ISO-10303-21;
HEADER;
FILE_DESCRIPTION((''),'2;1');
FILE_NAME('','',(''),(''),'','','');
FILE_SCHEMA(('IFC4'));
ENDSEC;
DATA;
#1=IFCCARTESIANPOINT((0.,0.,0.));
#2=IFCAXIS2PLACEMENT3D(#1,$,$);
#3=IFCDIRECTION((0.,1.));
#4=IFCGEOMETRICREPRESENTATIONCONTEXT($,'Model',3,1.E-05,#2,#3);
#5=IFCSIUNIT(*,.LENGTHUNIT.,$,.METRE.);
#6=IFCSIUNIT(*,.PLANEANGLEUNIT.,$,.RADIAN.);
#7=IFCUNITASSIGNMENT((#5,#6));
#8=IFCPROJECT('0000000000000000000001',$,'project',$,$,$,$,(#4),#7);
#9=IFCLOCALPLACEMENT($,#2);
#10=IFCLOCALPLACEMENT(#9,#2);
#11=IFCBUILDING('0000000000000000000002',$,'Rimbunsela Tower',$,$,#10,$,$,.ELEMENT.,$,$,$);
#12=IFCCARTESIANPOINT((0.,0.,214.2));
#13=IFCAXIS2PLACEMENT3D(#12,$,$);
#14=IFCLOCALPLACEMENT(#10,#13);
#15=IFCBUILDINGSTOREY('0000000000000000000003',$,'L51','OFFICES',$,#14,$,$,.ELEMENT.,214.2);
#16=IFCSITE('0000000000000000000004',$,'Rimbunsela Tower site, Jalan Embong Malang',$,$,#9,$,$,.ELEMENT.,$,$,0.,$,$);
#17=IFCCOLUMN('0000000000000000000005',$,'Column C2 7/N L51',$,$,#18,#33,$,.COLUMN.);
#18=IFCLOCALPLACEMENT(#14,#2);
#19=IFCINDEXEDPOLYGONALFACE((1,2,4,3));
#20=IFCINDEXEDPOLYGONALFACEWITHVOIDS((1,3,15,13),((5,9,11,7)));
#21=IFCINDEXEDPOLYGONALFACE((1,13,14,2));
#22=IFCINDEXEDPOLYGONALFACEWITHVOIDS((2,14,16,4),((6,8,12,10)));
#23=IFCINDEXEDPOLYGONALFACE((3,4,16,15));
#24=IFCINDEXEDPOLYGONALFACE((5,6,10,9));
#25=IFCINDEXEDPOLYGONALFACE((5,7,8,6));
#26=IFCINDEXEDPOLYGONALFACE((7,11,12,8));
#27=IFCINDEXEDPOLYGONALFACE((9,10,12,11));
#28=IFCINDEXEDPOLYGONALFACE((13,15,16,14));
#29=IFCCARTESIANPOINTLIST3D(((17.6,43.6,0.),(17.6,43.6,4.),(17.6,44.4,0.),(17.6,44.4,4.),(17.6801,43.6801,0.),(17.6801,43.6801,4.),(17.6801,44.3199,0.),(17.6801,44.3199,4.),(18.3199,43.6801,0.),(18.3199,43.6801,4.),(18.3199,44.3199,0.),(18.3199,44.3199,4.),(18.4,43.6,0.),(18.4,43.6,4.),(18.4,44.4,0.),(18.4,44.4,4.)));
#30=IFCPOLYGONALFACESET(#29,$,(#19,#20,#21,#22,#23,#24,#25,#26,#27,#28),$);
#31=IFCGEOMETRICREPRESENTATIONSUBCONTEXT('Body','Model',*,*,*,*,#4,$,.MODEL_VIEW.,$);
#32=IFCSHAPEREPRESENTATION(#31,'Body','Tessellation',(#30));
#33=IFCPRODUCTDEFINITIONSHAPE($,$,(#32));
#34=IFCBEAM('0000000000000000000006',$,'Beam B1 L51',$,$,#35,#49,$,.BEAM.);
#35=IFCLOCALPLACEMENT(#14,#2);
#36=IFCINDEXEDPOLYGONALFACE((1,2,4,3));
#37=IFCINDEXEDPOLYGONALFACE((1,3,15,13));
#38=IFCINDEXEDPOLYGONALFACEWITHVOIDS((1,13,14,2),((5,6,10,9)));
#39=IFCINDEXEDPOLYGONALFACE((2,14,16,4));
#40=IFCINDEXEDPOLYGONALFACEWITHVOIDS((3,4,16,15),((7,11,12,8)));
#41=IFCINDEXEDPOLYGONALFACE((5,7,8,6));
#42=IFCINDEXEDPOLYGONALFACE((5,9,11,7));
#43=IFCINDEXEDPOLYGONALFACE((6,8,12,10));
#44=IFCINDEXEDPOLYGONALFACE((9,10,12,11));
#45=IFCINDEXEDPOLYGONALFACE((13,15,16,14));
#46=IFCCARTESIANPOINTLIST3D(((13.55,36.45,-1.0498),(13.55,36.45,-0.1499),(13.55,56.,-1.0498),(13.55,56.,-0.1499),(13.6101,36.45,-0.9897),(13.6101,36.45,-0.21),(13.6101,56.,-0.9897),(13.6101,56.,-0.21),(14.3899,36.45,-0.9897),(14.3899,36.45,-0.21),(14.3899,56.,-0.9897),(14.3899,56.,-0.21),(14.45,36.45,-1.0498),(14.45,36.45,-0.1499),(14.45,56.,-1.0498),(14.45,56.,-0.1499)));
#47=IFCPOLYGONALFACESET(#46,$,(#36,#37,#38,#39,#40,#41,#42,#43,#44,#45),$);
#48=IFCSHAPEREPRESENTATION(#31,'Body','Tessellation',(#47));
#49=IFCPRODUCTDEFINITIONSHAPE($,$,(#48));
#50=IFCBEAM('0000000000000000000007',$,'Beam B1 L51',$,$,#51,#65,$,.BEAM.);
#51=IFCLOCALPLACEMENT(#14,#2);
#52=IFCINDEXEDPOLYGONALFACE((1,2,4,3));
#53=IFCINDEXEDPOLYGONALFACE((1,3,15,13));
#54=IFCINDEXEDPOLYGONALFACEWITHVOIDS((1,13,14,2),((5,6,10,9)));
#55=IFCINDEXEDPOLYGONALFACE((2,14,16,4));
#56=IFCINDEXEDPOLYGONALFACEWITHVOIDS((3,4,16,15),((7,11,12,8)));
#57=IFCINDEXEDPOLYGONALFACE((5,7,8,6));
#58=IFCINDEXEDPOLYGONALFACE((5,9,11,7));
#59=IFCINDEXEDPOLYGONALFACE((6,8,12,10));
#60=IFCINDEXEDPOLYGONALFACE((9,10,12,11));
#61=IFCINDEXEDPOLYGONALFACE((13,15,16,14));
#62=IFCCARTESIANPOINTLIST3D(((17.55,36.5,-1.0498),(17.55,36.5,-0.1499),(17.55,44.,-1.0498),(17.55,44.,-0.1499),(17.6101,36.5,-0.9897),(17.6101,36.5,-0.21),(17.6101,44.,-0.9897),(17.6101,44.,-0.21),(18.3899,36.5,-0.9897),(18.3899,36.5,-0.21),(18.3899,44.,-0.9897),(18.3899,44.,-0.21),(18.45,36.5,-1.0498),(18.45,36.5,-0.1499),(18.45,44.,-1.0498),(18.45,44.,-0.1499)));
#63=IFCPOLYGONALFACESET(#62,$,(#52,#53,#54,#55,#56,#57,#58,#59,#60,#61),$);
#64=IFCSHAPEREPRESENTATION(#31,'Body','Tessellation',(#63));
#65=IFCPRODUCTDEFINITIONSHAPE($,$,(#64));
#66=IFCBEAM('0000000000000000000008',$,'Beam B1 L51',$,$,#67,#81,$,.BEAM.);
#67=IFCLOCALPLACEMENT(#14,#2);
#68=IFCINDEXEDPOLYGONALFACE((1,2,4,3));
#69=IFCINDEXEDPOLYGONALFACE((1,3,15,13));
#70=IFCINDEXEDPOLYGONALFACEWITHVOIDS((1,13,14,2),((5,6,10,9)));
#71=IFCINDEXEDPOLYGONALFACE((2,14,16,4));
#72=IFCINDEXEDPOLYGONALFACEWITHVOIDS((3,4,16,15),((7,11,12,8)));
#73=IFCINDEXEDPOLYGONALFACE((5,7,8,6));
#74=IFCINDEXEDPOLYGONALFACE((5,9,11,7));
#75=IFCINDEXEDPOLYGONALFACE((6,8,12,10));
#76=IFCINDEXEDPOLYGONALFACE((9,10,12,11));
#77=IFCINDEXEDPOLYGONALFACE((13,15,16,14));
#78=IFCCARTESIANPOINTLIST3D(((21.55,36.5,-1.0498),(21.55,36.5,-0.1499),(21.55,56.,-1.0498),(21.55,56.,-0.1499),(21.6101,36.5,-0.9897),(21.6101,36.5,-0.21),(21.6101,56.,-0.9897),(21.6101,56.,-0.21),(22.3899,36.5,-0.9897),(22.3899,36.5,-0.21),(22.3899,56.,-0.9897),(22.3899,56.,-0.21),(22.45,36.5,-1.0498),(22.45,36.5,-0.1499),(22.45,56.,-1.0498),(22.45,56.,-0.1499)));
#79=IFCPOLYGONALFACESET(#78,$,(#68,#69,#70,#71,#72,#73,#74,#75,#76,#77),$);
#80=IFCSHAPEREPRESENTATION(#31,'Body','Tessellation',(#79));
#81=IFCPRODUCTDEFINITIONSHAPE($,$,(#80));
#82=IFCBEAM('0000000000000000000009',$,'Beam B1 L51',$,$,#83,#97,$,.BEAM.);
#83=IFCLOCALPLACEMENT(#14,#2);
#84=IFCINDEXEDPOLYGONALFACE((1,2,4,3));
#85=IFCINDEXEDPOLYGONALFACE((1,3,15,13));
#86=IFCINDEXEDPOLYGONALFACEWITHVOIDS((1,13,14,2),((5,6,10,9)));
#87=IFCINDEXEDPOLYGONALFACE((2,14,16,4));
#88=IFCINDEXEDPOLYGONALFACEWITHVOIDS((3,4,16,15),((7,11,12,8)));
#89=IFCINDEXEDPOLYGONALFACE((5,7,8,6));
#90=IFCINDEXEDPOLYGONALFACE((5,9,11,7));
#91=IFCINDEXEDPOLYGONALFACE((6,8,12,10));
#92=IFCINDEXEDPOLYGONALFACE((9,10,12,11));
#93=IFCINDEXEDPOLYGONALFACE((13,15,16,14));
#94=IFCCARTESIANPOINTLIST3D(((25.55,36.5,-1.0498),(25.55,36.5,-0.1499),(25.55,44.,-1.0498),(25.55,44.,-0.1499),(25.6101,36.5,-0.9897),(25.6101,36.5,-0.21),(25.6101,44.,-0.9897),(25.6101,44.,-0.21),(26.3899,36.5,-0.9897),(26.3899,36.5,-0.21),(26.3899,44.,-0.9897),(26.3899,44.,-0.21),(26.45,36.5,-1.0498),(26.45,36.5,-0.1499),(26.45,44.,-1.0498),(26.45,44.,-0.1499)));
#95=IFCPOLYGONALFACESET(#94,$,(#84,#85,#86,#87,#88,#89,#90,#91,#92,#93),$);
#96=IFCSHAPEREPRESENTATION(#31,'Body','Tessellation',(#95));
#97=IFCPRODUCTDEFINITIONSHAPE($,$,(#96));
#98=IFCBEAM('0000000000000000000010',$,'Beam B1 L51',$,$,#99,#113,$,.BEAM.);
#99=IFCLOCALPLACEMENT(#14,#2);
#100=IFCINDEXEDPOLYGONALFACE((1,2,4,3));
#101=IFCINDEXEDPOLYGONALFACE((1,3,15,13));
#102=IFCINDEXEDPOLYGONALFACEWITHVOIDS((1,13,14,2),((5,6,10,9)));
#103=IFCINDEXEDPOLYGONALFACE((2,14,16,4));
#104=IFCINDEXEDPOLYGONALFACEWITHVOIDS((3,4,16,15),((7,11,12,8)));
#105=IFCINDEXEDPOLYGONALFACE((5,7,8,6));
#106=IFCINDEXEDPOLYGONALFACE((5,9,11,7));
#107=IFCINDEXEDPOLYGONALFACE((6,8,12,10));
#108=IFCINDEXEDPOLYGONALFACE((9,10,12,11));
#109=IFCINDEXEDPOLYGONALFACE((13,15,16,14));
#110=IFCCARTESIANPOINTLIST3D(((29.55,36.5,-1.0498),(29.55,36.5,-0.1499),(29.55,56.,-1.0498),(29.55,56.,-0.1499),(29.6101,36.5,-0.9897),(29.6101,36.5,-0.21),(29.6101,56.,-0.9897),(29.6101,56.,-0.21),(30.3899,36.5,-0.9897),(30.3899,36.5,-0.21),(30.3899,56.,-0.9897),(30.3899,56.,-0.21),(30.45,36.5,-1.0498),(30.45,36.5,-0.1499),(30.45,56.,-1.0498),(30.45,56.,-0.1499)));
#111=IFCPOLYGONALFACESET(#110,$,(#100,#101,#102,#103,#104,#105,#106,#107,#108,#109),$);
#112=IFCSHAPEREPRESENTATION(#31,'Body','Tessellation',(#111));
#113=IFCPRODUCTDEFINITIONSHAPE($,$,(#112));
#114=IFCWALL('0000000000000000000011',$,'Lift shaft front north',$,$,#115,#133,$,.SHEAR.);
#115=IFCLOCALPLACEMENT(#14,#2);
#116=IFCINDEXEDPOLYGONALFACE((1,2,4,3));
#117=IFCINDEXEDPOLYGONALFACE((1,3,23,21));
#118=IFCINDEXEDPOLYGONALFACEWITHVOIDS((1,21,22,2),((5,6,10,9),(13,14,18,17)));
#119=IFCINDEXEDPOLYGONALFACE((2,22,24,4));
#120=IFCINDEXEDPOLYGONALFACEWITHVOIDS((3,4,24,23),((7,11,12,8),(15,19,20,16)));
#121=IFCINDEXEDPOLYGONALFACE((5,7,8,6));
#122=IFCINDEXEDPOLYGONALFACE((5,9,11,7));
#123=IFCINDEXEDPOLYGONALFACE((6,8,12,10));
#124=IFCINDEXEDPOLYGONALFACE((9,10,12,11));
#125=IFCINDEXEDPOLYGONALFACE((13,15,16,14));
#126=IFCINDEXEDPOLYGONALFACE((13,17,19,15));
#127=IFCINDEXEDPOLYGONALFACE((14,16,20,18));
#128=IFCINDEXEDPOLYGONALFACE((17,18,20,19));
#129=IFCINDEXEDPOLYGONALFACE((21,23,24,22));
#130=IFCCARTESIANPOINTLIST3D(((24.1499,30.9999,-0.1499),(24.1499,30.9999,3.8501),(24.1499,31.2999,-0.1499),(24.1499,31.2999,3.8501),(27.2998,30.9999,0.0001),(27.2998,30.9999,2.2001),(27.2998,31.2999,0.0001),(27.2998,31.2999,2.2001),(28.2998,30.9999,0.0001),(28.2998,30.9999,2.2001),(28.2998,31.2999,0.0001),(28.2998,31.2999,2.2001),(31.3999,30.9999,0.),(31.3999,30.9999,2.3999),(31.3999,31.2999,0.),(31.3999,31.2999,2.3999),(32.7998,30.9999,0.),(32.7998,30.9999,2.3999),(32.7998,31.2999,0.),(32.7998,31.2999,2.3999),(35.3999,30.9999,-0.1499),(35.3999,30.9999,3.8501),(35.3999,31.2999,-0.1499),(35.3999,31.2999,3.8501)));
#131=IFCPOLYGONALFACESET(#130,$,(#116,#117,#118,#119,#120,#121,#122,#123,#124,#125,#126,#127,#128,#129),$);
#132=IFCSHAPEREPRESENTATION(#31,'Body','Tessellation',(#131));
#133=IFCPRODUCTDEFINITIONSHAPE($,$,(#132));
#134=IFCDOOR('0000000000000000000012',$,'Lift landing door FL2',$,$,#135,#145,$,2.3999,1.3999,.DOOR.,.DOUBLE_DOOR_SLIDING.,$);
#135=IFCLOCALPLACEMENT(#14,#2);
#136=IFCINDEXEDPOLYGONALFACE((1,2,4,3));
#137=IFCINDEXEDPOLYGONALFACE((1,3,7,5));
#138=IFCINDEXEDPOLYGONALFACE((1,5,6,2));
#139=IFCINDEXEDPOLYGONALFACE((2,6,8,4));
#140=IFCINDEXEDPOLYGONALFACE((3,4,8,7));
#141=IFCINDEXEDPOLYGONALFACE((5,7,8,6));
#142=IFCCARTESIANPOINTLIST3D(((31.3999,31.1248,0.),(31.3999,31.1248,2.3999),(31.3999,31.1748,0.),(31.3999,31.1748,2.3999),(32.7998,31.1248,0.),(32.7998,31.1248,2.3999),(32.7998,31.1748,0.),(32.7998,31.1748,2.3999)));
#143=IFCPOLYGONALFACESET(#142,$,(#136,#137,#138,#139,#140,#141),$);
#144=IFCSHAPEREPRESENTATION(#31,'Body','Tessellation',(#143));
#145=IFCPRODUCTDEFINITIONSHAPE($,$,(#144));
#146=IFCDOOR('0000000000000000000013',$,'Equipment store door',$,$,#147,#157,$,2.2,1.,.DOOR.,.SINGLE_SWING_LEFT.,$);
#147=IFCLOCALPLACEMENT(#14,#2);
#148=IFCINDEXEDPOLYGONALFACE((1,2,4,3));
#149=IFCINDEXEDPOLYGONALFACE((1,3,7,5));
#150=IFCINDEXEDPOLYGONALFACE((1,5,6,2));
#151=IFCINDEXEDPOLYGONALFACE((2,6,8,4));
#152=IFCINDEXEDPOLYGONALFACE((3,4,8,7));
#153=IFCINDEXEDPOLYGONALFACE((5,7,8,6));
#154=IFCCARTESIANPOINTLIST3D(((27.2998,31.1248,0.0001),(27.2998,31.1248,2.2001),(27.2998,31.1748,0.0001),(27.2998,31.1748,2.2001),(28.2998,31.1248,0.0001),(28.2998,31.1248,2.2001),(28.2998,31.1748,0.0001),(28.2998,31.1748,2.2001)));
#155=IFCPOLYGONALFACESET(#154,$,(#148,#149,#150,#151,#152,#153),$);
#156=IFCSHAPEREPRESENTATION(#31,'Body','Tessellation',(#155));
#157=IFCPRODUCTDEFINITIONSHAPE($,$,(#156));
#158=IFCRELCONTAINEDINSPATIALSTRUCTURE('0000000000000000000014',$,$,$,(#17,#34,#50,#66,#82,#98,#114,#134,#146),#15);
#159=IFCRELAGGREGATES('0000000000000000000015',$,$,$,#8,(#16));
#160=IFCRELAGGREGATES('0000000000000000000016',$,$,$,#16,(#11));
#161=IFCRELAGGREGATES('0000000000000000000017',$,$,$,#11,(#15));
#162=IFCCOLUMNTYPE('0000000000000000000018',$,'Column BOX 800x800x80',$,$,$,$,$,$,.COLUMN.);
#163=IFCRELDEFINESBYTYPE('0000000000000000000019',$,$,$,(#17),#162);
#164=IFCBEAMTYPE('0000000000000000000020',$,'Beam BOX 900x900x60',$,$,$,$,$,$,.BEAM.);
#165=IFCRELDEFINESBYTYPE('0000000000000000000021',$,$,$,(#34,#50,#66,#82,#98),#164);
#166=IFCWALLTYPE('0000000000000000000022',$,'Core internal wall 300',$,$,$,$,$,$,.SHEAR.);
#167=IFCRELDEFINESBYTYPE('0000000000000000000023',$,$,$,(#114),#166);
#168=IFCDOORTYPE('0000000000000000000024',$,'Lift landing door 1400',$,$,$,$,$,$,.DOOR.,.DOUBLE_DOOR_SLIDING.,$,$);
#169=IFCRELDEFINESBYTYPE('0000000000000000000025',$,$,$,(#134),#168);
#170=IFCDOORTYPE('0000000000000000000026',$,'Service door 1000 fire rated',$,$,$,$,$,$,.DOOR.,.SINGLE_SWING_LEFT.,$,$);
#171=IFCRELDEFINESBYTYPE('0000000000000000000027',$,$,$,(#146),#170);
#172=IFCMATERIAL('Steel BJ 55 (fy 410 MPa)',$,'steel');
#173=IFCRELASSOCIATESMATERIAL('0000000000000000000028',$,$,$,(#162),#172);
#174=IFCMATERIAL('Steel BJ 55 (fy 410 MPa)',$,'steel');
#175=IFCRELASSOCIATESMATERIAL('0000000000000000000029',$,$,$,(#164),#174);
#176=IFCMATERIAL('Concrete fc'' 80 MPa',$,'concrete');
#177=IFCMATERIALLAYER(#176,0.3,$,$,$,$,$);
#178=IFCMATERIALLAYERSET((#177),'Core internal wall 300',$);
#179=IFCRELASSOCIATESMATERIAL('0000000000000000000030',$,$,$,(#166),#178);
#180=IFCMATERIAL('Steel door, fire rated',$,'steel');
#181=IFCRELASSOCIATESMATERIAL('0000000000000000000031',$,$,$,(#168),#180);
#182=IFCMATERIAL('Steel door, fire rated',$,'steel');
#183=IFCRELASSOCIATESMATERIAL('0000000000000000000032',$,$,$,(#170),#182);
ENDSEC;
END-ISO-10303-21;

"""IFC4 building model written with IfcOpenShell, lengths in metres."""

from ifc_helpers import new_model, si_unit, direction, frame, frame_2d, origin, origin_2d, place, context, subcontext, project, spatial, rectangle, hollow_rectangle, extrude, material, layer, layer_set, material_profile, profile_set, type_object, element, fill, save


model = new_model("IFC4")

# Units and contexts
model_context = context("Model", 3, precision=1e-05, world=origin(), true_north=direction((0.0, 1.0)))
body_context = subcontext(model_context, "Body", "Model", "MODEL_VIEW")
ifc_project = project(units=[si_unit("LENGTHUNIT", "METRE"), si_unit("PLANEANGLEUNIT", "RADIAN")], contexts=[model_context])

# Site, building, storey
site_placement = place(None, origin())
site = spatial("IfcSite", under=ifc_project, at=site_placement, Name="Rimbunsela Tower site, Jalan Embong Malang", CompositionType="ELEMENT", RefElevation=0.0)
building_placement = place(site_placement, origin())
building = spatial("IfcBuilding", under=site, at=building_placement, Name="Rimbunsela Tower", CompositionType="ELEMENT")
storey_placement = place(building_placement, frame((0.0, 0.0, 214.2)))
storey = spatial("IfcBuildingStorey", under=building, at=storey_placement, Name="L51", Description="OFFICES", CompositionType="ELEMENT", Elevation=214.2)

# Column
ifc_material_1 = material(Name="Steel BJ 55 (fy 410 MPa)", Category="steel")
ifc_material_profile_1 = material_profile(ifc_material_1, hollow_rectangle(XDim=0.8, YDim=0.8, WallThickness=0.0801, at=origin_2d()), Name="BOX 800x800x80")
ifc_profile_set_1 = profile_set([ifc_material_profile_1], Name="Steel BJ 55 (fy 410 MPa)")
column_type = type_object("IfcColumnType", Name="Column BOX 800x800x80", PredefinedType="COLUMN", material=ifc_profile_set_1)
column_placement = place(storey_placement, frame((18.0, 44.0, 0.0), z_axis=(0.0, 0.0, 1.0), x_axis=(1.0, 0.0, 0.0)))
element("IfcColumn", 1, at=column_placement, inside=storey, type_object=column_type, Name="Column C2 7/N L51", PredefinedType="COLUMN", context=body_context, shape_type="SweptSolid", body=[
    extrude(hollow_rectangle(XDim=0.8, YDim=0.8, WallThickness=0.0801, at=origin_2d()), origin(), (0.0, 0.0, 1.0), 4.0),
])

# Beams
ifc_material_2 = material(Name="Steel BJ 55 (fy 410 MPa)", Category="steel")
ifc_material_profile_2 = material_profile(ifc_material_2, hollow_rectangle(XDim=0.8999, YDim=0.8999, WallThickness=0.0601, at=origin_2d()), Name="BOX 900x900x60")
ifc_profile_set_2 = profile_set([ifc_material_profile_2], Name="Steel BJ 55 (fy 410 MPa)")
beam_type = type_object("IfcBeamType", Name="Beam BOX 900x900x60", PredefinedType="BEAM", material=ifc_profile_set_2)
beam_1_placement = place(storey_placement, frame((14.0, 36.45, -0.5999), z_axis=(0.0, 1.0, 0.0), x_axis=(-1.0, 0.0, 0.0)))
element("IfcBeam", 2, at=beam_1_placement, inside=storey, type_object=beam_type, Name="Beam B1 L51", PredefinedType="BEAM", context=body_context, shape_type="SweptSolid", body=[
    extrude(hollow_rectangle(XDim=0.8999, YDim=0.8999, WallThickness=0.0601, at=origin_2d()), origin(), (0.0, 0.0, 1.0), 19.55),
])
beam_2_placement = place(storey_placement, frame((18.0, 36.5, -0.5999), z_axis=(0.0, 1.0, 0.0), x_axis=(-1.0, 0.0, 0.0)))
element("IfcBeam", 3, at=beam_2_placement, inside=storey, type_object=beam_type, Name="Beam B1 L51", PredefinedType="BEAM", context=body_context, shape_type="SweptSolid", body=[
    extrude(hollow_rectangle(XDim=0.8999, YDim=0.8999, WallThickness=0.0601, at=origin_2d()), origin(), (0.0, 0.0, 1.0), 7.5),
])
beam_3_placement = place(storey_placement, frame((22.0, 36.5, -0.5999), z_axis=(0.0, 1.0, 0.0), x_axis=(-1.0, 0.0, 0.0)))
element("IfcBeam", 4, at=beam_3_placement, inside=storey, type_object=beam_type, Name="Beam B1 L51", PredefinedType="BEAM", context=body_context, shape_type="SweptSolid", body=[
    extrude(hollow_rectangle(XDim=0.8999, YDim=0.8999, WallThickness=0.0601, at=origin_2d()), origin(), (0.0, 0.0, 1.0), 19.5),
])
beam_4_placement = place(storey_placement, frame((26.0, 36.5, -0.5999), z_axis=(0.0, 1.0, 0.0), x_axis=(-1.0, 0.0, 0.0)))
element("IfcBeam", 5, at=beam_4_placement, inside=storey, type_object=beam_type, Name="Beam B1 L51", PredefinedType="BEAM", context=body_context, shape_type="SweptSolid", body=[
    extrude(hollow_rectangle(XDim=0.8999, YDim=0.8999, WallThickness=0.0601, at=origin_2d()), origin(), (0.0, 0.0, 1.0), 7.5),
])
beam_5_placement = place(storey_placement, frame((30.0, 36.5, -0.5999), z_axis=(0.0, 1.0, 0.0), x_axis=(-1.0, 0.0, 0.0)))
element("IfcBeam", 6, at=beam_5_placement, inside=storey, type_object=beam_type, Name="Beam B1 L51", PredefinedType="BEAM", context=body_context, shape_type="SweptSolid", body=[
    extrude(hollow_rectangle(XDim=0.8999, YDim=0.8999, WallThickness=0.0601, at=origin_2d()), origin(), (0.0, 0.0, 1.0), 19.5),
])

# Wall, openings, doors
ifc_material_3 = material(Name="Concrete fc' 80 MPa", Category="concrete")
ifc_layer_1 = layer(ifc_material_3, 0.3)
ifc_layer_set_1 = layer_set([ifc_layer_1], Name="Core internal wall 300")
wall_type_1 = type_object("IfcWallType", Name="Core internal wall 300", PredefinedType="SHEAR", material=ifc_layer_set_1)
wall_1_placement = place(storey_placement, frame((24.1499, 31.1499, -0.1499), z_axis=(0.0, 0.0, 1.0), x_axis=(1.0, 0.0, 0.0)))
wall_1 = element("IfcWall", 7, at=wall_1_placement, inside=storey, type_object=wall_type_1, Name="Lift shaft front north", PredefinedType="SHEAR", context=body_context, shape_type="SweptSolid", body=[
    extrude(rectangle(XDim=11.25, YDim=0.3, at=frame_2d((5.625, 0.0))), origin(), (0.0, 0.0, 1.0), 4.0),
])
opening_1_placement = place(wall_1_placement, frame((3.1499, 0.0, 0.1499)))
opening_1 = element("IfcOpeningElement", 8, at=opening_1_placement, cuts=wall_1, PredefinedType="OPENING", context=body_context, shape_type="SweptSolid", body=[
    extrude(rectangle(XDim=1.0, YDim=2.2, at=frame_2d((0.5, 1.1001))), frame((0.0, 0.1599, 0.0), z_axis=(0.0, -1.0, 0.0), x_axis=(1.0, 0.0, 0.0)), (0.0, 0.0, 1.0), 0.3201),
])
opening_2_placement = place(wall_1_placement, frame((7.25, 0.0, 0.1499)))
opening_2 = element("IfcOpeningElement", 9, at=opening_2_placement, cuts=wall_1, PredefinedType="OPENING", context=body_context, shape_type="SweptSolid", body=[
    extrude(rectangle(XDim=1.3999, YDim=2.3999, at=frame_2d((0.7, 1.2))), frame((0.0, 0.1599, 0.0), z_axis=(0.0, -1.0, 0.0), x_axis=(1.0, 0.0, 0.0)), (0.0, 0.0, 1.0), 0.3201),
])
ifc_material_4 = material(Name="Steel door, fire rated", Category="steel")
door_type_1 = type_object("IfcDoorType", Name="Lift landing door 1400", OperationType="DOUBLE_DOOR_SLIDING", PredefinedType="DOOR", material=ifc_material_4)
door_1_placement = place(opening_2_placement, origin())
door_1 = element("IfcDoor", 10, at=door_1_placement, inside=storey, type_object=door_type_1, Name="Lift landing door FL2", OperationType="DOUBLE_DOOR_SLIDING", OverallHeight=2.3999, OverallWidth=1.3999, PredefinedType="DOOR", context=body_context, shape_type="SweptSolid", body=[
    extrude(rectangle(XDim=1.3999, YDim=2.3999, at=frame_2d((0.7, 1.2))), frame((0.0, 0.0249, 0.0), z_axis=(0.0, -1.0, 0.0), x_axis=(1.0, 0.0, 0.0)), (0.0, 0.0, 1.0), 0.05),
])
fill(opening_2, door_1)
ifc_material_5 = material(Name="Steel door, fire rated", Category="steel")
door_type_2 = type_object("IfcDoorType", Name="Service door 1000 fire rated", OperationType="SINGLE_SWING_LEFT", PredefinedType="DOOR", material=ifc_material_5)
door_2_placement = place(opening_1_placement, origin())
door_2 = element("IfcDoor", 11, at=door_2_placement, inside=storey, type_object=door_type_2, Name="Equipment store door", OperationType="SINGLE_SWING_LEFT", OverallHeight=2.2, OverallWidth=1.0, PredefinedType="DOOR", context=body_context, shape_type="SweptSolid", body=[
    extrude(rectangle(XDim=1.0, YDim=2.2, at=frame_2d((0.5, 1.1001))), frame((0.0, 0.0249, 0.0), z_axis=(0.0, -1.0, 0.0), x_axis=(1.0, 0.0, 0.0)), (0.0, 0.0, 1.0), 0.05),
])
fill(opening_1, door_2)

save(model, "model.ifc")
